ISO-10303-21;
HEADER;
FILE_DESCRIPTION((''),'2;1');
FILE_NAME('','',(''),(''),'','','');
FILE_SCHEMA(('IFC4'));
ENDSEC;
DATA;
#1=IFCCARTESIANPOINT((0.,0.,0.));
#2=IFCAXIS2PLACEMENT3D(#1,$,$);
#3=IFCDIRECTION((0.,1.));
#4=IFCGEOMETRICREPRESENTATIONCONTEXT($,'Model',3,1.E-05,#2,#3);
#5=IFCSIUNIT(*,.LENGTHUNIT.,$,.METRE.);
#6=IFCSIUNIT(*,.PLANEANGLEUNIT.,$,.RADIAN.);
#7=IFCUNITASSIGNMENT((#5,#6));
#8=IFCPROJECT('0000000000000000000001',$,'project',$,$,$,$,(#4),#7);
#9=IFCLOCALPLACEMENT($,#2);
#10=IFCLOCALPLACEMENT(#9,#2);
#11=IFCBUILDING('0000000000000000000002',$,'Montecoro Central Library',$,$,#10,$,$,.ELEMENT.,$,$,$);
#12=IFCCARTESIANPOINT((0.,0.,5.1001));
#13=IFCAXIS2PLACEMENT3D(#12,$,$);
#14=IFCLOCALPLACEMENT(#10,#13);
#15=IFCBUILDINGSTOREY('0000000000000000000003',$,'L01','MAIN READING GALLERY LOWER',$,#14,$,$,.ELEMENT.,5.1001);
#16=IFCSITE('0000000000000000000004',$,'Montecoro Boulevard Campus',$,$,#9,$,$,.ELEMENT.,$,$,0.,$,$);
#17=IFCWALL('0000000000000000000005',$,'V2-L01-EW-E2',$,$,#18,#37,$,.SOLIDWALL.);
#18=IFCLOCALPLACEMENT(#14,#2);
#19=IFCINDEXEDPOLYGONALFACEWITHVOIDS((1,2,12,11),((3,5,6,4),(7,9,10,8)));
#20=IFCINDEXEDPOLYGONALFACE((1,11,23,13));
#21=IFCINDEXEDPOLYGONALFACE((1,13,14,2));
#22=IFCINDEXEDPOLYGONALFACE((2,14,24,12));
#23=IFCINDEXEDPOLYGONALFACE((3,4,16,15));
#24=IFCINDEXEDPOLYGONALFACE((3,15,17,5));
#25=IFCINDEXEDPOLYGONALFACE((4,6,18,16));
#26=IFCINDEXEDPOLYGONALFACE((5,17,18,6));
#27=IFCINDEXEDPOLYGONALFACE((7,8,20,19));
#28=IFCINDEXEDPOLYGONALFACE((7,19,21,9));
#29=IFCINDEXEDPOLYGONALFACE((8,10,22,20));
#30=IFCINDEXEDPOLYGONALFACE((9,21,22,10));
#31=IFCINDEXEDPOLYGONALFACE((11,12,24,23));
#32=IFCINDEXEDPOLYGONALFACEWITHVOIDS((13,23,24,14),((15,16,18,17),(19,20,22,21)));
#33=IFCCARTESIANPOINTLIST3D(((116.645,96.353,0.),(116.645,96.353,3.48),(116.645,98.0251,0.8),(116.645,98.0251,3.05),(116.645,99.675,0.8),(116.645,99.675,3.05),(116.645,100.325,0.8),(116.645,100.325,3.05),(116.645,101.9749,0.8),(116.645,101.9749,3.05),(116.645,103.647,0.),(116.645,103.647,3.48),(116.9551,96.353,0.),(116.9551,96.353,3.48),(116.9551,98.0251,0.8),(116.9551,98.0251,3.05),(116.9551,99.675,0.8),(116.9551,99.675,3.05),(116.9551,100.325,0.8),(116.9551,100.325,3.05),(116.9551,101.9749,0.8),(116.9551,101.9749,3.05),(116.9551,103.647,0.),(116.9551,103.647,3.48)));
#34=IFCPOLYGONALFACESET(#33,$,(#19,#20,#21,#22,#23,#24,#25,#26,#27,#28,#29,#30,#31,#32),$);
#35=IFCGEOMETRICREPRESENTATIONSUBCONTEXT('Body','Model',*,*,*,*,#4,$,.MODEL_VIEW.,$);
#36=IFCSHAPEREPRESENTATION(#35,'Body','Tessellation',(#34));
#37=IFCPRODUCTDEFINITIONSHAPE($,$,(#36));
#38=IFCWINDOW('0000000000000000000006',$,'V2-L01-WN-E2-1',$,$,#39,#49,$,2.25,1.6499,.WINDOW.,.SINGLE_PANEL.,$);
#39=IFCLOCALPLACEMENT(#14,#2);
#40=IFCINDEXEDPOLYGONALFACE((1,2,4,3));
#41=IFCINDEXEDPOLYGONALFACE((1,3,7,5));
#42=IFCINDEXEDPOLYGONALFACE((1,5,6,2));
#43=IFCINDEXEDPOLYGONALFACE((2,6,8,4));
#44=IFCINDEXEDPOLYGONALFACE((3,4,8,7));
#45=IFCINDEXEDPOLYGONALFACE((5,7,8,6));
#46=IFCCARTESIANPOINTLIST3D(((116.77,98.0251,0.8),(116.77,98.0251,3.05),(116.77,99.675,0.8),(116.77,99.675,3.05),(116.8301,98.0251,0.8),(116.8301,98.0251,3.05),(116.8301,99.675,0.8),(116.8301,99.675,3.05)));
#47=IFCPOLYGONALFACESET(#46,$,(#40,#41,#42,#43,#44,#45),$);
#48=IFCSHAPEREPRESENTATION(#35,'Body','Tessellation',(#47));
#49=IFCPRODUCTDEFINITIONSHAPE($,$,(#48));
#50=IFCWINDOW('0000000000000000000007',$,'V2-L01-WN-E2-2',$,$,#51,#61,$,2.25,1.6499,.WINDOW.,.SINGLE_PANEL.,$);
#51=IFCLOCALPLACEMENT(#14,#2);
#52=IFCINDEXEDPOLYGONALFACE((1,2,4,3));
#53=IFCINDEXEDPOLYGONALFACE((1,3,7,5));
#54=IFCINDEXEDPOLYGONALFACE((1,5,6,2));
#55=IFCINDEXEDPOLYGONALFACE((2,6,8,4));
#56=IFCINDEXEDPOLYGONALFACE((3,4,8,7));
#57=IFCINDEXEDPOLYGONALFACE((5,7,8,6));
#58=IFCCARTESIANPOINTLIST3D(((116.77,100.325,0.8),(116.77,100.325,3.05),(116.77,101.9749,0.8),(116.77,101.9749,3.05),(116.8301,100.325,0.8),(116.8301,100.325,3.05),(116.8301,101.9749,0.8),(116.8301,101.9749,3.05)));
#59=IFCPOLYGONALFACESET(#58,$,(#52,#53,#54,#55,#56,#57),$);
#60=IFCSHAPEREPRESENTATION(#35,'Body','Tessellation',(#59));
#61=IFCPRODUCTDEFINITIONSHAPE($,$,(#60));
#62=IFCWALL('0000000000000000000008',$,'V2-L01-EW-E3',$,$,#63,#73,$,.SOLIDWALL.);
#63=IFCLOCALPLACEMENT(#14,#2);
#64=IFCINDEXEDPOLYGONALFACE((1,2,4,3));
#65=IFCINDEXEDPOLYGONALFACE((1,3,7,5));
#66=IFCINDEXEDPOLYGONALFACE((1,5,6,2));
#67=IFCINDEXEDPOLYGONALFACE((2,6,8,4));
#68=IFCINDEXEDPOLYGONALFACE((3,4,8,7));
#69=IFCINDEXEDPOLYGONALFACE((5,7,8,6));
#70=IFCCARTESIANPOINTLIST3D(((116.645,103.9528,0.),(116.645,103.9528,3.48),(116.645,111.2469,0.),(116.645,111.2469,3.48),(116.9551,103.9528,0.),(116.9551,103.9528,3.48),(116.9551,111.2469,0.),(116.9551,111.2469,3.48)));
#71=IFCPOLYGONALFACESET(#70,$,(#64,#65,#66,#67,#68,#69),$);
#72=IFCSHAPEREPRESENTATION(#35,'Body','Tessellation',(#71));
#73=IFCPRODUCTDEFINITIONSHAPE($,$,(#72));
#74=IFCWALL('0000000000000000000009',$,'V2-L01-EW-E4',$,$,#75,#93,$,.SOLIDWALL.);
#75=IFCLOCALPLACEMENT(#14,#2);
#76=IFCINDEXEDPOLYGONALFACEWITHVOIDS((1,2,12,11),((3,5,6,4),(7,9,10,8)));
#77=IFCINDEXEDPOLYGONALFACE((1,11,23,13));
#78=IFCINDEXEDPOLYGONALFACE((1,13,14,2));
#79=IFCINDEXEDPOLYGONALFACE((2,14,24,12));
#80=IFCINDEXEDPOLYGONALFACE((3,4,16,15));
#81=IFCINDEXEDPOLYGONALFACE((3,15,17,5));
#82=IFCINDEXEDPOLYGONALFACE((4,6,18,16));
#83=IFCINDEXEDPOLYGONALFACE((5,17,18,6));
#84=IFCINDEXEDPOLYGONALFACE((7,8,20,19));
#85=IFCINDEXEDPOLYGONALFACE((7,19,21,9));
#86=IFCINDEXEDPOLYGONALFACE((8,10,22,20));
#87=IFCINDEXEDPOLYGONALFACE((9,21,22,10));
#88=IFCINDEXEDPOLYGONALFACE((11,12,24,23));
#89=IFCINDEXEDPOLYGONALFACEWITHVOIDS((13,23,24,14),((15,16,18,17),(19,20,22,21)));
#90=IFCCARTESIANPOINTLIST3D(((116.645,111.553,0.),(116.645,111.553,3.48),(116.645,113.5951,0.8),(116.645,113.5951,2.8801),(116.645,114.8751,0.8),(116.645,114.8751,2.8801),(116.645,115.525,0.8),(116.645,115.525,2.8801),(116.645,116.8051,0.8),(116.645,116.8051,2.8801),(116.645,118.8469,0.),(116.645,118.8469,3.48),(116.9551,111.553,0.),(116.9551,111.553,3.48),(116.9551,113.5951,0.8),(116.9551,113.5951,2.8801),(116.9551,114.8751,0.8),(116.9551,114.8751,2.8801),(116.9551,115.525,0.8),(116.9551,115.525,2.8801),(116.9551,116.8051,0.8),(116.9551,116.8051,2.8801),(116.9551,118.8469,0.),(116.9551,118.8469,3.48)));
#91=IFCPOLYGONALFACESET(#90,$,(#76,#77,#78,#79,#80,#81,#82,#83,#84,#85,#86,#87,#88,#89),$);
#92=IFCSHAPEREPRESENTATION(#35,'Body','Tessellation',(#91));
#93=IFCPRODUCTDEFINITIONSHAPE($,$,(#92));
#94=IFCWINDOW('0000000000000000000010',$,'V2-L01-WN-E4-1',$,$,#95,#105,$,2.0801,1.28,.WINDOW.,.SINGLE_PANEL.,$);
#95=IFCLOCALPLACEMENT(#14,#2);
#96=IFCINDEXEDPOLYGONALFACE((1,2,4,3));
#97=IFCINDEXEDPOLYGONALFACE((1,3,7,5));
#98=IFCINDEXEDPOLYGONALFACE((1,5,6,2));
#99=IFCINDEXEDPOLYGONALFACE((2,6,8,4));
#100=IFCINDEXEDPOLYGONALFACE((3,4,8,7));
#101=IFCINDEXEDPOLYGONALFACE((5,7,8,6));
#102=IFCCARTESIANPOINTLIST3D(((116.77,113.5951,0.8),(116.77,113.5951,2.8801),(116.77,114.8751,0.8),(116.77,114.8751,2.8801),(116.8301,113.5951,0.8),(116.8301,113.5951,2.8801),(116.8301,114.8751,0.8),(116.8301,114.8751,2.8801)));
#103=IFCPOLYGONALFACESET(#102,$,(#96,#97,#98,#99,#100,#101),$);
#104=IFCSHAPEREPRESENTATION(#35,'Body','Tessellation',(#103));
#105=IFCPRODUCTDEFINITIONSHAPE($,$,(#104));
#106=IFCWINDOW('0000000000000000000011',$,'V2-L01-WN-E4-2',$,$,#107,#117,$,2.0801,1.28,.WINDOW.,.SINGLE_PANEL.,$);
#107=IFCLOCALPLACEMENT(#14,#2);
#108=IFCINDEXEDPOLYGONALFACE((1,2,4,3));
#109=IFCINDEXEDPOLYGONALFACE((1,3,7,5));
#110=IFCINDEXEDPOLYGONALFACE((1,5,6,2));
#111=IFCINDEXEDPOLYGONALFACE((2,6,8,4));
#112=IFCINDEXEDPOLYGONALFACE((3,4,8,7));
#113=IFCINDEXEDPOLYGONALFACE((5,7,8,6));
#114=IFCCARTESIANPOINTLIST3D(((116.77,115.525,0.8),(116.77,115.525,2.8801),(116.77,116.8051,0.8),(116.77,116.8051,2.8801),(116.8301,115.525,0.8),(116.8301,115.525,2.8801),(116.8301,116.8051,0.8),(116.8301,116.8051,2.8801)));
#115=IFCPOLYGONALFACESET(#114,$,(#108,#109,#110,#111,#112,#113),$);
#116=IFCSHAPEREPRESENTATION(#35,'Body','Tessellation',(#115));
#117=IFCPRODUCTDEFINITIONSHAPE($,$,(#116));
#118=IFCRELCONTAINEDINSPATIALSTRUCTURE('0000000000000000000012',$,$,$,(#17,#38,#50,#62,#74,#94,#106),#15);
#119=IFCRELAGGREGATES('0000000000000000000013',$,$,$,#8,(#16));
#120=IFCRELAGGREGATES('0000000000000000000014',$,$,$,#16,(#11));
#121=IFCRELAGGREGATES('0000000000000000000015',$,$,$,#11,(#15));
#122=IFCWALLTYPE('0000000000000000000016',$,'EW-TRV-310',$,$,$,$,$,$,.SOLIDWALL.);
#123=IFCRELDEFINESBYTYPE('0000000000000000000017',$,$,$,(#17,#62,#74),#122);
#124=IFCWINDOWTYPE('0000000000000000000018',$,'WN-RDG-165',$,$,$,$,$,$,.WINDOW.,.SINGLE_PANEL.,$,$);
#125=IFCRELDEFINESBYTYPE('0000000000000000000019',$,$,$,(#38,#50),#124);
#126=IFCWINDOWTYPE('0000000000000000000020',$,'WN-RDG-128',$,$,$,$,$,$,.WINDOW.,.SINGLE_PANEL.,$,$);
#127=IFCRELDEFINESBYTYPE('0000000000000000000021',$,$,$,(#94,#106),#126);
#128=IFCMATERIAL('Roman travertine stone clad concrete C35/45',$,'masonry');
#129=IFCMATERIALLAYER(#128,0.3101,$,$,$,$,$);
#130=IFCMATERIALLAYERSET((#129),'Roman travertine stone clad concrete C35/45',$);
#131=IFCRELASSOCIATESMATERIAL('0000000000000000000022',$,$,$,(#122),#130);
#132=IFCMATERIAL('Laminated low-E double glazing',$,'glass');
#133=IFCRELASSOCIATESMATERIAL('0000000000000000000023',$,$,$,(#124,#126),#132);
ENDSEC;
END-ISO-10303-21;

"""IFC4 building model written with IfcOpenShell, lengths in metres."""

from ifc_helpers import new_model, si_unit, direction, frame, frame_2d, origin, place, context, subcontext, project, spatial, rectangle, extrude, material, layer, layer_set, type_object, element, fill, save


model = new_model("IFC4")

# Units and contexts
model_context = context("Model", 3, precision=1e-05, world=origin(), true_north=direction((0.0, 1.0)))
body_context = subcontext(model_context, "Body", "Model", "MODEL_VIEW")
ifc_project = project(units=[si_unit("LENGTHUNIT", "METRE"), si_unit("PLANEANGLEUNIT", "RADIAN")], contexts=[model_context])

# Site, building, storey
site_placement = place(None, origin())
site = spatial("IfcSite", under=ifc_project, at=site_placement, Name="Montecoro Boulevard Campus", CompositionType="ELEMENT", RefElevation=0.0)
building_placement = place(site_placement, origin())
building = spatial("IfcBuilding", under=site, at=building_placement, Name="Montecoro Central Library", CompositionType="ELEMENT")
storey_placement = place(building_placement, frame((0.0, 0.0, 5.1001)))
storey = spatial("IfcBuildingStorey", under=building, at=storey_placement, Name="L01", Description="MAIN READING GALLERY LOWER", CompositionType="ELEMENT", Elevation=5.1001)

# Shared definitions
ifc_material_1 = material(Name="Laminated low-E double glazing", Category="glass")

# Wall, openings, windows
ifc_material_2 = material(Name="Roman travertine stone clad concrete C35/45", Category="masonry")
ifc_layer_1 = layer(ifc_material_2, 0.3101)
ifc_layer_set_1 = layer_set([ifc_layer_1], Name="Roman travertine stone clad concrete C35/45")
wall_type = type_object("IfcWallType", Name="EW-TRV-310", PredefinedType="SOLIDWALL", material=ifc_layer_set_1)
wall_1_placement = place(storey_placement, frame((116.8, 96.353, 0.0), z_axis=(0.0, 0.0, 1.0), x_axis=(0.0, 1.0, 0.0)))
wall_1 = element("IfcWall", 1, at=wall_1_placement, inside=storey, type_object=wall_type, Name="V2-L01-EW-E2", PredefinedType="SOLIDWALL", context=body_context, shape_type="SweptSolid", body=[
    extrude(rectangle(XDim=7.2939, YDim=0.3101, at=frame_2d((3.647, 0.0))), origin(), (0.0, 0.0, 1.0), 3.48),
])
opening_1_placement = place(wall_1_placement, frame((1.6721, 0.0, 0.8)))
opening_1 = element("IfcOpeningElement", 2, at=opening_1_placement, cuts=wall_1, PredefinedType="OPENING", context=body_context, shape_type="SweptSolid", body=[
    extrude(rectangle(XDim=1.6499, YDim=2.25, at=frame_2d((0.825, 1.125))), frame((0.0, 0.165, 0.0), z_axis=(0.0, -1.0, 0.0), x_axis=(1.0, 0.0, 0.0)), (0.0, 0.0, 1.0), 0.3301),
])
opening_2_placement = place(wall_1_placement, frame((3.9719, 0.0, 0.8)))
opening_2 = element("IfcOpeningElement", 3, at=opening_2_placement, cuts=wall_1, PredefinedType="OPENING", context=body_context, shape_type="SweptSolid", body=[
    extrude(rectangle(XDim=1.6499, YDim=2.25, at=frame_2d((0.825, 1.125))), frame((0.0, 0.165, 0.0), z_axis=(0.0, -1.0, 0.0), x_axis=(1.0, 0.0, 0.0)), (0.0, 0.0, 1.0), 0.3301),
])
window_type_1 = type_object("IfcWindowType", Name="WN-RDG-165", PartitioningType="SINGLE_PANEL", PredefinedType="WINDOW", material=ifc_material_1)
window_1_placement = place(opening_1_placement, origin())
window_1 = element("IfcWindow", 4, at=window_1_placement, inside=storey, type_object=window_type_1, Name="V2-L01-WN-E2-1", OverallHeight=2.25, OverallWidth=1.6499, PartitioningType="SINGLE_PANEL", PredefinedType="WINDOW", context=body_context, shape_type="SweptSolid", body=[
    extrude(rectangle(XDim=1.6499, YDim=2.25, at=frame_2d((0.825, 1.125))), frame((0.0, 0.03, 0.0), z_axis=(0.0, -1.0, 0.0), x_axis=(1.0, 0.0, 0.0)), (0.0, 0.0, 1.0), 0.0601),
])
fill(opening_1, window_1)
window_2_placement = place(opening_2_placement, origin())
window_2 = element("IfcWindow", 5, at=window_2_placement, inside=storey, type_object=window_type_1, Name="V2-L01-WN-E2-2", OverallHeight=2.25, OverallWidth=1.6499, PartitioningType="SINGLE_PANEL", PredefinedType="WINDOW", context=body_context, shape_type="SweptSolid", body=[
    extrude(rectangle(XDim=1.6499, YDim=2.25, at=frame_2d((0.825, 1.125))), frame((0.0, 0.03, 0.0), z_axis=(0.0, -1.0, 0.0), x_axis=(1.0, 0.0, 0.0)), (0.0, 0.0, 1.0), 0.0601),
])
fill(opening_2, window_2)

# Wall
wall_2_placement = place(storey_placement, frame((116.8, 103.9529, 0.0), z_axis=(0.0, 0.0, 1.0), x_axis=(0.0, 1.0, 0.0)))
element("IfcWall", 6, at=wall_2_placement, inside=storey, type_object=wall_type, Name="V2-L01-EW-E3", PredefinedType="SOLIDWALL", context=body_context, shape_type="SweptSolid", body=[
    extrude(rectangle(XDim=7.2942, YDim=0.3101, at=frame_2d((3.647, 0.0))), origin(), (0.0, 0.0, 1.0), 3.48),
])

# Wall, openings, windows
wall_3_placement = place(storey_placement, frame((116.8, 111.553, 0.0), z_axis=(0.0, 0.0, 1.0), x_axis=(0.0, 1.0, 0.0)))
wall_3 = element("IfcWall", 7, at=wall_3_placement, inside=storey, type_object=wall_type, Name="V2-L01-EW-E4", PredefinedType="SOLIDWALL", context=body_context, shape_type="SweptSolid", body=[
    extrude(rectangle(XDim=7.2939, YDim=0.3101, at=frame_2d((3.647, 0.0))), origin(), (0.0, 0.0, 1.0), 3.48),
])
opening_3_placement = place(wall_3_placement, frame((2.042, 0.0, 0.8)))
opening_3 = element("IfcOpeningElement", 8, at=opening_3_placement, cuts=wall_3, PredefinedType="OPENING", context=body_context, shape_type="SweptSolid", body=[
    extrude(rectangle(XDim=1.28, YDim=2.0801, at=frame_2d((0.6401, 1.04))), frame((0.0, 0.165, 0.0), z_axis=(0.0, -1.0, 0.0), x_axis=(1.0, 0.0, 0.0)), (0.0, 0.0, 1.0), 0.3301),
])
opening_4_placement = place(wall_3_placement, frame((3.9719, 0.0, 0.8)))
opening_4 = element("IfcOpeningElement", 9, at=opening_4_placement, cuts=wall_3, PredefinedType="OPENING", context=body_context, shape_type="SweptSolid", body=[
    extrude(rectangle(XDim=1.28, YDim=2.0801, at=frame_2d((0.6401, 1.04))), frame((0.0, 0.165, 0.0), z_axis=(0.0, -1.0, 0.0), x_axis=(1.0, 0.0, 0.0)), (0.0, 0.0, 1.0), 0.3301),
])
window_type_2 = type_object("IfcWindowType", Name="WN-RDG-128", PartitioningType="SINGLE_PANEL", PredefinedType="WINDOW", material=ifc_material_1)
window_3_placement = place(opening_3_placement, origin())
window_3 = element("IfcWindow", 10, at=window_3_placement, inside=storey, type_object=window_type_2, Name="V2-L01-WN-E4-1", OverallHeight=2.0801, OverallWidth=1.28, PartitioningType="SINGLE_PANEL", PredefinedType="WINDOW", context=body_context, shape_type="SweptSolid", body=[
    extrude(rectangle(XDim=1.28, YDim=2.0801, at=frame_2d((0.6401, 1.04))), frame((0.0, 0.03, 0.0), z_axis=(0.0, -1.0, 0.0), x_axis=(1.0, 0.0, 0.0)), (0.0, 0.0, 1.0), 0.0601),
])
fill(opening_3, window_3)
window_4_placement = place(opening_4_placement, origin())
window_4 = element("IfcWindow", 11, at=window_4_placement, inside=storey, type_object=window_type_2, Name="V2-L01-WN-E4-2", OverallHeight=2.0801, OverallWidth=1.28, PartitioningType="SINGLE_PANEL", PredefinedType="WINDOW", context=body_context, shape_type="SweptSolid", body=[
    extrude(rectangle(XDim=1.28, YDim=2.0801, at=frame_2d((0.6401, 1.04))), frame((0.0, 0.03, 0.0), z_axis=(0.0, -1.0, 0.0), x_axis=(1.0, 0.0, 0.0)), (0.0, 0.0, 1.0), 0.0601),
])
fill(opening_4, window_4)

save(model, "model.ifc")
